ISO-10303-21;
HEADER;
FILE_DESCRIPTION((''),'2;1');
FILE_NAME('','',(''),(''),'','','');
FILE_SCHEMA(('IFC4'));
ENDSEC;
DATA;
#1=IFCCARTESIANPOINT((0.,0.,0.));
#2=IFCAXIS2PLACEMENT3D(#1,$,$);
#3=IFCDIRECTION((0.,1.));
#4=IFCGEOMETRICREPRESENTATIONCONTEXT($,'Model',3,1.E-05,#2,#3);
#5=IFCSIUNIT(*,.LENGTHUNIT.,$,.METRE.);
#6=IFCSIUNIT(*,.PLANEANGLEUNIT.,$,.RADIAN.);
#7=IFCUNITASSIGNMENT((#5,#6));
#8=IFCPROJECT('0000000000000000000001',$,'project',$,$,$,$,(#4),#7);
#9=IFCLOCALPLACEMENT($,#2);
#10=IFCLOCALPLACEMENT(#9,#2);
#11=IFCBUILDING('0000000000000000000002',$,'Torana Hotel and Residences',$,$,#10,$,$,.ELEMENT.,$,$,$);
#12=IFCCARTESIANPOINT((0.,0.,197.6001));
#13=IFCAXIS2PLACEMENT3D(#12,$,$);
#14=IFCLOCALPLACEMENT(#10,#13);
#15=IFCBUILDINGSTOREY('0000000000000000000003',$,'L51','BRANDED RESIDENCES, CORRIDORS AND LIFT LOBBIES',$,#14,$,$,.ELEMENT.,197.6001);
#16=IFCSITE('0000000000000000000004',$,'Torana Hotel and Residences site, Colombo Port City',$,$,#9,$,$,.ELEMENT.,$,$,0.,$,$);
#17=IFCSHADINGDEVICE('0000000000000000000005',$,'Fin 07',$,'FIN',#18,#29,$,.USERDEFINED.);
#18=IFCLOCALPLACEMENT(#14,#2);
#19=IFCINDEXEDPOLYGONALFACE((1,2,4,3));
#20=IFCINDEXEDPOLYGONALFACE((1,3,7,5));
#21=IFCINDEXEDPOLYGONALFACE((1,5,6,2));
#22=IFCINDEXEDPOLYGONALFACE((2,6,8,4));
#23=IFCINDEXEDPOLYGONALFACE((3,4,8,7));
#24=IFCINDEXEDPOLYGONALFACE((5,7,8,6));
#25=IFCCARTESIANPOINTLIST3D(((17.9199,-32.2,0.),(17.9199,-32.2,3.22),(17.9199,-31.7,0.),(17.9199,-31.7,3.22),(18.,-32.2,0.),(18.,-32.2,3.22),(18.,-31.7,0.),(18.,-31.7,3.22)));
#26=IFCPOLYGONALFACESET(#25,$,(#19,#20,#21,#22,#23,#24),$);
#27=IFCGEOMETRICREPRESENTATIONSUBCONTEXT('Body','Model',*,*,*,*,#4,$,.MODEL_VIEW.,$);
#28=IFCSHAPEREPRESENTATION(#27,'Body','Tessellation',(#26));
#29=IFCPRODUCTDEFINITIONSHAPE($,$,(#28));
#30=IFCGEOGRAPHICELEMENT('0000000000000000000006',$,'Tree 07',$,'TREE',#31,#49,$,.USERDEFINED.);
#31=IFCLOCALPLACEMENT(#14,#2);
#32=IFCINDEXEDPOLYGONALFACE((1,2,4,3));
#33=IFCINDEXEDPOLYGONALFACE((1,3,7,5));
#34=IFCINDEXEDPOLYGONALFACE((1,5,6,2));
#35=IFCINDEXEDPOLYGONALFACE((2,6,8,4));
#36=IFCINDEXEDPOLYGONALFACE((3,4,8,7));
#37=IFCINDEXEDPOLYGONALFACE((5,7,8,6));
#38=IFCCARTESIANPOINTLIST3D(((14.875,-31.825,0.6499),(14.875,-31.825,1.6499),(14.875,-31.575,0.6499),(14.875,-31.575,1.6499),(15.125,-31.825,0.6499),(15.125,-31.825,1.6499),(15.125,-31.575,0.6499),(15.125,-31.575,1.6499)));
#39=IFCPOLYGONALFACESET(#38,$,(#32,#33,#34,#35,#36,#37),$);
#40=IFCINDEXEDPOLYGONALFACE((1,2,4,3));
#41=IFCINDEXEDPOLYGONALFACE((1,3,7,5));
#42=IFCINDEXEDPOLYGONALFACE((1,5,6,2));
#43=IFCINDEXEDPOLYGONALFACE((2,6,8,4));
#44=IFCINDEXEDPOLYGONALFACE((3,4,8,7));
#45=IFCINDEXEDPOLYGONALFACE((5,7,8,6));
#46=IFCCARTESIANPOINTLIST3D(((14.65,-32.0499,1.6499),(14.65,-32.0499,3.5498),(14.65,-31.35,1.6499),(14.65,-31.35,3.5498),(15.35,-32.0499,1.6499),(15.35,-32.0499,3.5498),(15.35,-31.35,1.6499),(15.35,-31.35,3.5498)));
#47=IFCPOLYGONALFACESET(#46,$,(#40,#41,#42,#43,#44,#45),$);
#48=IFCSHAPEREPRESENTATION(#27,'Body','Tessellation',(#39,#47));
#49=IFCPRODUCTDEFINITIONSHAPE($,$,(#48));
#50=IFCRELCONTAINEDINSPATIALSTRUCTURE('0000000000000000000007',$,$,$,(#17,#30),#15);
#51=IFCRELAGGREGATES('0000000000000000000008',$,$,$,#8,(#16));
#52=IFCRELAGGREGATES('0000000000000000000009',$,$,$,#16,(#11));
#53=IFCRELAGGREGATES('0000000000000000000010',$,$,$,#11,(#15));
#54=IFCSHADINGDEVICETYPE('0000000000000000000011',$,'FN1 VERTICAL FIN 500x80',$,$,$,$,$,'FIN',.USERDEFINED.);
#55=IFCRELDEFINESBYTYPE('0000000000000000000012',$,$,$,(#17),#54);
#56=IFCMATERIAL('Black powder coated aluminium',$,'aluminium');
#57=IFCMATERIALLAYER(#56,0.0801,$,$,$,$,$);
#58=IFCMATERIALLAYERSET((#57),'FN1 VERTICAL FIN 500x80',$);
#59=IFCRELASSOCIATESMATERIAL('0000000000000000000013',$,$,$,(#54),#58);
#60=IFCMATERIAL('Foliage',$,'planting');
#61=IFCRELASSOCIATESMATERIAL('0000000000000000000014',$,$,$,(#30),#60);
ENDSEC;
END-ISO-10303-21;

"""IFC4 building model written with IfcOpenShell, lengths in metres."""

from ifc_helpers import new_model, si_unit, direction, frame, origin, origin_2d, place, context, subcontext, project, spatial, rectangle, extrude, material, layer, layer_set, type_object, element, save


model = new_model("IFC4")

# Units and contexts
model_context = context("Model", 3, precision=1e-05, world=origin(), true_north=direction((0.0, 1.0)))
body_context = subcontext(model_context, "Body", "Model", "MODEL_VIEW")
ifc_project = project(units=[si_unit("LENGTHUNIT", "METRE"), si_unit("PLANEANGLEUNIT", "RADIAN")], contexts=[model_context])

# Site, building, storey
site_placement = place(None, origin())
site = spatial("IfcSite", under=ifc_project, at=site_placement, Name="Torana Hotel and Residences site, Colombo Port City", CompositionType="ELEMENT", RefElevation=0.0)
building_placement = place(site_placement, origin())
building = spatial("IfcBuilding", under=site, at=building_placement, Name="Torana Hotel and Residences", CompositionType="ELEMENT")
storey_placement = place(building_placement, frame((0.0, 0.0, 197.6001)))
storey = spatial("IfcBuildingStorey", under=building, at=storey_placement, Name="L51", Description="BRANDED RESIDENCES, CORRIDORS AND LIFT LOBBIES", CompositionType="ELEMENT", Elevation=197.6001)

# Shading device
ifc_material_1 = material(Name="Black powder coated aluminium", Category="aluminium")
ifc_layer_1 = layer(ifc_material_1, 0.0801)
ifc_layer_set_1 = layer_set([ifc_layer_1], Name="FN1 VERTICAL FIN 500x80")
shading_device_type = type_object("IfcShadingDeviceType", Name="FN1 VERTICAL FIN 500x80", ElementType="FIN", PredefinedType="USERDEFINED", material=ifc_layer_set_1)
shading_device_placement = place(storey_placement, frame((17.96, -31.95, 0.0), z_axis=(0.0, 0.0, 1.0), x_axis=(-1.0, 0.0, 0.0)))
element("IfcShadingDevice", 1, at=shading_device_placement, inside=storey, type_object=shading_device_type, Name="Fin 07", ObjectType="FIN", PredefinedType="USERDEFINED", context=body_context, shape_type="SweptSolid", body=[
    extrude(rectangle(XDim=0.0801, YDim=0.5, at=origin_2d()), origin(), (0.0, 0.0, 1.0), 3.22),
])

# Geographic element
ifc_material_2 = material(Name="Foliage", Category="planting")
geographic_element_placement = place(storey_placement, frame((15.0, -31.7, 0.6499), z_axis=(0.0, 0.0, 1.0), x_axis=(1.0, 0.0, 0.0)))
element("IfcGeographicElement", 2, at=geographic_element_placement, inside=storey, material=ifc_material_2, Name="Tree 07", ObjectType="TREE", PredefinedType="USERDEFINED", context=body_context, shape_type="SweptSolid", body=[
    extrude(rectangle(XDim=0.25, YDim=0.25, at=origin_2d()), origin(), (0.0, 0.0, 1.0), 1.0),
    extrude(rectangle(XDim=0.7, YDim=0.7, at=origin_2d()), frame((0.0, 0.0, 1.0)), (0.0, 0.0, 1.0), 1.8999),
])

save(model, "model.ifc")
